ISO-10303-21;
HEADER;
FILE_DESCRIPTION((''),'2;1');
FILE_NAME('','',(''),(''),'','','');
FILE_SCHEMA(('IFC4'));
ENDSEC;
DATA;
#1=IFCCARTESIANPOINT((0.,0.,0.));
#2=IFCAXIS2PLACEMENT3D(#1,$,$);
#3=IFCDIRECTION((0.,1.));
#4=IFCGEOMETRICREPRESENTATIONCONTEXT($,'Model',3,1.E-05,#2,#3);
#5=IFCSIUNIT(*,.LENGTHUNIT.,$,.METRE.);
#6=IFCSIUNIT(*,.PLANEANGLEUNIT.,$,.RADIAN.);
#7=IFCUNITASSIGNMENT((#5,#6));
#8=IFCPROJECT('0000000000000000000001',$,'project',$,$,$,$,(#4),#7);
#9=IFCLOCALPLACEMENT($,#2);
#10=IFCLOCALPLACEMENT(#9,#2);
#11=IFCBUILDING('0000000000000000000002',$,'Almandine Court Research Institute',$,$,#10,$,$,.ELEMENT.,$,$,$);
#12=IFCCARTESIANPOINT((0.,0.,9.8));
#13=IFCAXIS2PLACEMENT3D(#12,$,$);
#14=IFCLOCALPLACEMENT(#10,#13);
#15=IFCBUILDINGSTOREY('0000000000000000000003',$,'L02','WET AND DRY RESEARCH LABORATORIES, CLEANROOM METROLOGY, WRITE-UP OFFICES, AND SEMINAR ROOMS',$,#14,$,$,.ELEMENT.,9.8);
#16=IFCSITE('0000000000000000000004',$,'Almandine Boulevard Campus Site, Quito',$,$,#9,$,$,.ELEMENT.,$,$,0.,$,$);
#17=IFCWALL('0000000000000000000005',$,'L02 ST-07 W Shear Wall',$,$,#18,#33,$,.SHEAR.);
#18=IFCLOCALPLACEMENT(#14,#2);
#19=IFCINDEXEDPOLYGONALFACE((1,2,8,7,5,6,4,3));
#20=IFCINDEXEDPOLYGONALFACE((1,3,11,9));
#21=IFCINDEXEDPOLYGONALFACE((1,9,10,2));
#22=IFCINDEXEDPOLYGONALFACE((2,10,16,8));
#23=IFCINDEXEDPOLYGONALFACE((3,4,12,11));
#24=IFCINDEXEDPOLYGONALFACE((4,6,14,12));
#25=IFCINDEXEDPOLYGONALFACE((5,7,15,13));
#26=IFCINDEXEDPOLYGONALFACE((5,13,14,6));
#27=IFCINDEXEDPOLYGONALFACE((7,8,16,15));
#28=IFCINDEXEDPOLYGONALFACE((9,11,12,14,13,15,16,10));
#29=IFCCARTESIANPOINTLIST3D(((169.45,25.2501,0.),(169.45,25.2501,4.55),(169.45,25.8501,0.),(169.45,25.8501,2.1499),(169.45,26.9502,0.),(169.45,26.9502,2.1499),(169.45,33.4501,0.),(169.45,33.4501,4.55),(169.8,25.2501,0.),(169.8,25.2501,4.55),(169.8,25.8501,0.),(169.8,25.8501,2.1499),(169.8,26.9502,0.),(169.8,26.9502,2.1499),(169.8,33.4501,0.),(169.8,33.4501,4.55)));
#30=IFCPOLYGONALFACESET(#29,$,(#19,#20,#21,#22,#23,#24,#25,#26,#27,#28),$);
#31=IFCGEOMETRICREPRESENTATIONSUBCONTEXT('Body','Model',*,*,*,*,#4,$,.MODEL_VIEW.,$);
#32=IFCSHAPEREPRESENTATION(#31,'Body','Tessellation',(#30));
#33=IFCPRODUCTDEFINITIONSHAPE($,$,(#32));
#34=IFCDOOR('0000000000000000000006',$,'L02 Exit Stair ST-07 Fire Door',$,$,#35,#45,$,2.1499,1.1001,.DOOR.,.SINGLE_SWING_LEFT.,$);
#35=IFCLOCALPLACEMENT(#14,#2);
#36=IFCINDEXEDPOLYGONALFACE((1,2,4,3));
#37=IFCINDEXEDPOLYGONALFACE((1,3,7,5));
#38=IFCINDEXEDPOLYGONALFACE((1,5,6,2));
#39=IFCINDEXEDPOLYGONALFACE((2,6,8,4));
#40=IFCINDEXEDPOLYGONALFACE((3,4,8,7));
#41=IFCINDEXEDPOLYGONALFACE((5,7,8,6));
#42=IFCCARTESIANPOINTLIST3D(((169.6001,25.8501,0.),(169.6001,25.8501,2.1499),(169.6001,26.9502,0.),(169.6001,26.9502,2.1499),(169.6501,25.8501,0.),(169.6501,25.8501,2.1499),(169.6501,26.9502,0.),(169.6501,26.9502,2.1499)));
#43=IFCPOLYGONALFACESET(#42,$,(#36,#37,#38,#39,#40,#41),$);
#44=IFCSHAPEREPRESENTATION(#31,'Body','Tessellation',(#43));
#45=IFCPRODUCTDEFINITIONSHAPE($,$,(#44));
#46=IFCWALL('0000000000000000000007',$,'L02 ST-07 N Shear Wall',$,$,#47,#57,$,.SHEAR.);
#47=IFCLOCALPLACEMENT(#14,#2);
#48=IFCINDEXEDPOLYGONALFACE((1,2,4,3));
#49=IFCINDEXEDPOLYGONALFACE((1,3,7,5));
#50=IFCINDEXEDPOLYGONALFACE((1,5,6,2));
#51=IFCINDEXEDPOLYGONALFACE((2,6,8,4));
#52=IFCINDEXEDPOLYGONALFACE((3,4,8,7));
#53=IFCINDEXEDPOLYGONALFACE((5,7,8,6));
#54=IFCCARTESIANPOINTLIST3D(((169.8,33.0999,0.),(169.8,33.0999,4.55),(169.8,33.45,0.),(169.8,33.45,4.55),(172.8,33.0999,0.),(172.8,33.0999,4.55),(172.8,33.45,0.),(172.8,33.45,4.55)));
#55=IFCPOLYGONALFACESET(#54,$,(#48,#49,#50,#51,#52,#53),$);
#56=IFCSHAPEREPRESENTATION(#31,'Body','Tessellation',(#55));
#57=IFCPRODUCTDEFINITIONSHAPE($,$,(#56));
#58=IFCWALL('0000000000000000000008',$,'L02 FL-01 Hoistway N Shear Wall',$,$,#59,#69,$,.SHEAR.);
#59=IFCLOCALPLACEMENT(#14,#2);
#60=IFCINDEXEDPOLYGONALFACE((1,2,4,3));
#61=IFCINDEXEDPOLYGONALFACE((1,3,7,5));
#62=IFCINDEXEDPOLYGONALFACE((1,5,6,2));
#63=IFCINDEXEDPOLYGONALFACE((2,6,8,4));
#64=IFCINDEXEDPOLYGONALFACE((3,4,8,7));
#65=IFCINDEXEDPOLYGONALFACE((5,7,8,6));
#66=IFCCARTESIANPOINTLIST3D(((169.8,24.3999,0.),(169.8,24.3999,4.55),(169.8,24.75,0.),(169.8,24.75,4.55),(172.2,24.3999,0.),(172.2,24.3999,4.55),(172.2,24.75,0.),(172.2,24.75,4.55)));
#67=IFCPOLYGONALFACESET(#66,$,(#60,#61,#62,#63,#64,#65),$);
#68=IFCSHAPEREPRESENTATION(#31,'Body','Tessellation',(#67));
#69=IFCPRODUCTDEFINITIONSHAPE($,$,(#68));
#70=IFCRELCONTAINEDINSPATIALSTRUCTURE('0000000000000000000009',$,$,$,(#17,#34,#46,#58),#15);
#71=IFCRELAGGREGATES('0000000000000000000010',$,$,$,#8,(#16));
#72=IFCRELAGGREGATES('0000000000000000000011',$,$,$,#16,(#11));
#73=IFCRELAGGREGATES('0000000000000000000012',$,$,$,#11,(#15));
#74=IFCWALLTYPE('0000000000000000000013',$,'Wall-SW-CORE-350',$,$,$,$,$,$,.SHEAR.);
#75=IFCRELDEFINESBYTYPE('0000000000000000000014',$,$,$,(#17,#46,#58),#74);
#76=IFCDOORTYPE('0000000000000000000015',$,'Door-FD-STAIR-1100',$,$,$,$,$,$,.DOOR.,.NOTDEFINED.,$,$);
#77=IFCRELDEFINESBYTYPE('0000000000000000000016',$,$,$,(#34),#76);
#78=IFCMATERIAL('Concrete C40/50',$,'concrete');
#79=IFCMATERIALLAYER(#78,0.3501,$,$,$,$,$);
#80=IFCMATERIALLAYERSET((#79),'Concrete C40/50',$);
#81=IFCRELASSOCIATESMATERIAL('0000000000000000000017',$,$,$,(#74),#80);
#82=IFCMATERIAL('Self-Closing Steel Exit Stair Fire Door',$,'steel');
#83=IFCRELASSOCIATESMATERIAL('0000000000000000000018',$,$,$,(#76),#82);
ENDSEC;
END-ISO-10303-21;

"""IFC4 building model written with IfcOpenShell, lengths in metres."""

from ifc_helpers import new_model, si_unit, direction, frame, frame_2d, origin, place, context, subcontext, project, spatial, rectangle, extrude, material, layer, layer_set, type_object, element, fill, save


model = new_model("IFC4")

# Units and contexts
model_context = context("Model", 3, precision=1e-05, world=origin(), true_north=direction((0.0, 1.0)))
body_context = subcontext(model_context, "Body", "Model", "MODEL_VIEW")
ifc_project = project(units=[si_unit("LENGTHUNIT", "METRE"), si_unit("PLANEANGLEUNIT", "RADIAN")], contexts=[model_context])

# Site, building, storey
site_placement = place(None, origin())
site = spatial("IfcSite", under=ifc_project, at=site_placement, Name="Almandine Boulevard Campus Site, Quito", CompositionType="ELEMENT", RefElevation=0.0)
building_placement = place(site_placement, origin())
building = spatial("IfcBuilding", under=site, at=building_placement, Name="Almandine Court Research Institute", CompositionType="ELEMENT")
storey_placement = place(building_placement, frame((0.0, 0.0, 9.8)))
storey = spatial("IfcBuildingStorey", under=building, at=storey_placement, Name="L02", Description="WET AND DRY RESEARCH LABORATORIES, CLEANROOM METROLOGY, WRITE-UP OFFICES, AND SEMINAR ROOMS", CompositionType="ELEMENT", Elevation=9.8)

# Shared definitions
ifc_material_1 = material(Name="Concrete C40/50", Category="concrete")

# Wall, opening, door
ifc_layer_1 = layer(ifc_material_1, 0.3501)
ifc_layer_set_1 = layer_set([ifc_layer_1], Name="Concrete C40/50")
wall_type_1 = type_object("IfcWallType", Name="Wall-SW-CORE-350", PredefinedType="SHEAR", material=ifc_layer_set_1)
wall_1_placement = place(storey_placement, frame((169.625, 25.25, 0.0), z_axis=(0.0, 0.0, 1.0), x_axis=(0.0, 1.0, 0.0)))
wall_1 = element("IfcWall", 1, at=wall_1_placement, inside=storey, type_object=wall_type_1, Name="L02 ST-07 W Shear Wall", PredefinedType="SHEAR", context=body_context, shape_type="SweptSolid", body=[
    extrude(rectangle(XDim=8.2, YDim=0.3501, at=frame_2d((4.1001, 0.0))), origin(), (0.0, 0.0, 1.0), 4.55),
])
opening_1_placement = place(wall_1_placement, frame((0.6001, 0.0, 0.0)))
opening_1 = element("IfcOpeningElement", 2, at=opening_1_placement, cuts=wall_1, PredefinedType="OPENING", context=body_context, shape_type="SweptSolid", body=[
    extrude(rectangle(XDim=1.1001, YDim=2.1499, at=frame_2d((0.55, 1.075))), frame((0.0, 0.1851, 0.0), z_axis=(0.0, -1.0, 0.0), x_axis=(1.0, 0.0, 0.0)), (0.0, 0.0, 1.0), 0.3701),
])
ifc_material_2 = material(Name="Self-Closing Steel Exit Stair Fire Door", Category="steel")
door_type_1 = type_object("IfcDoorType", Name="Door-FD-STAIR-1100", OperationType="NOTDEFINED", PredefinedType="DOOR", material=ifc_material_2)
door_1_placement = place(opening_1_placement, origin())
door_1 = element("IfcDoor", 3, at=door_1_placement, inside=storey, type_object=door_type_1, Name="L02 Exit Stair ST-07 Fire Door", OperationType="SINGLE_SWING_LEFT", OverallHeight=2.1499, OverallWidth=1.1001, PredefinedType="DOOR", context=body_context, shape_type="SweptSolid", body=[
    extrude(rectangle(XDim=1.1001, YDim=2.1499, at=frame_2d((0.55, 1.075))), frame((0.0, 0.0249, 0.0), z_axis=(0.0, -1.0, 0.0), x_axis=(1.0, 0.0, 0.0)), (0.0, 0.0, 1.0), 0.05),
])
fill(opening_1, door_1)

# Walls
wall_2_placement = place(storey_placement, frame((169.8, 33.2749, 0.0), z_axis=(0.0, 0.0, 1.0), x_axis=(1.0, 0.0, 0.0)))
element("IfcWall", 4, at=wall_2_placement, inside=storey, type_object=wall_type_1, Name="L02 ST-07 N Shear Wall", PredefinedType="SHEAR", context=body_context, shape_type="SweptSolid", body=[
    extrude(rectangle(XDim=3.0, YDim=0.3501, at=frame_2d((1.5, 0.0))), origin(), (0.0, 0.0, 1.0), 4.55),
])
wall_3_placement = place(storey_placement, frame((169.8, 24.575, 0.0), z_axis=(0.0, 0.0, 1.0), x_axis=(1.0, 0.0, 0.0)))
element("IfcWall", 5, at=wall_3_placement, inside=storey, type_object=wall_type_1, Name="L02 FL-01 Hoistway N Shear Wall", PredefinedType="SHEAR", context=body_context, shape_type="SweptSolid", body=[
    extrude(rectangle(XDim=2.3999, YDim=0.3501, at=frame_2d((1.2, 0.0))), origin(), (0.0, 0.0, 1.0), 4.55),
])

save(model, "model.ifc")
